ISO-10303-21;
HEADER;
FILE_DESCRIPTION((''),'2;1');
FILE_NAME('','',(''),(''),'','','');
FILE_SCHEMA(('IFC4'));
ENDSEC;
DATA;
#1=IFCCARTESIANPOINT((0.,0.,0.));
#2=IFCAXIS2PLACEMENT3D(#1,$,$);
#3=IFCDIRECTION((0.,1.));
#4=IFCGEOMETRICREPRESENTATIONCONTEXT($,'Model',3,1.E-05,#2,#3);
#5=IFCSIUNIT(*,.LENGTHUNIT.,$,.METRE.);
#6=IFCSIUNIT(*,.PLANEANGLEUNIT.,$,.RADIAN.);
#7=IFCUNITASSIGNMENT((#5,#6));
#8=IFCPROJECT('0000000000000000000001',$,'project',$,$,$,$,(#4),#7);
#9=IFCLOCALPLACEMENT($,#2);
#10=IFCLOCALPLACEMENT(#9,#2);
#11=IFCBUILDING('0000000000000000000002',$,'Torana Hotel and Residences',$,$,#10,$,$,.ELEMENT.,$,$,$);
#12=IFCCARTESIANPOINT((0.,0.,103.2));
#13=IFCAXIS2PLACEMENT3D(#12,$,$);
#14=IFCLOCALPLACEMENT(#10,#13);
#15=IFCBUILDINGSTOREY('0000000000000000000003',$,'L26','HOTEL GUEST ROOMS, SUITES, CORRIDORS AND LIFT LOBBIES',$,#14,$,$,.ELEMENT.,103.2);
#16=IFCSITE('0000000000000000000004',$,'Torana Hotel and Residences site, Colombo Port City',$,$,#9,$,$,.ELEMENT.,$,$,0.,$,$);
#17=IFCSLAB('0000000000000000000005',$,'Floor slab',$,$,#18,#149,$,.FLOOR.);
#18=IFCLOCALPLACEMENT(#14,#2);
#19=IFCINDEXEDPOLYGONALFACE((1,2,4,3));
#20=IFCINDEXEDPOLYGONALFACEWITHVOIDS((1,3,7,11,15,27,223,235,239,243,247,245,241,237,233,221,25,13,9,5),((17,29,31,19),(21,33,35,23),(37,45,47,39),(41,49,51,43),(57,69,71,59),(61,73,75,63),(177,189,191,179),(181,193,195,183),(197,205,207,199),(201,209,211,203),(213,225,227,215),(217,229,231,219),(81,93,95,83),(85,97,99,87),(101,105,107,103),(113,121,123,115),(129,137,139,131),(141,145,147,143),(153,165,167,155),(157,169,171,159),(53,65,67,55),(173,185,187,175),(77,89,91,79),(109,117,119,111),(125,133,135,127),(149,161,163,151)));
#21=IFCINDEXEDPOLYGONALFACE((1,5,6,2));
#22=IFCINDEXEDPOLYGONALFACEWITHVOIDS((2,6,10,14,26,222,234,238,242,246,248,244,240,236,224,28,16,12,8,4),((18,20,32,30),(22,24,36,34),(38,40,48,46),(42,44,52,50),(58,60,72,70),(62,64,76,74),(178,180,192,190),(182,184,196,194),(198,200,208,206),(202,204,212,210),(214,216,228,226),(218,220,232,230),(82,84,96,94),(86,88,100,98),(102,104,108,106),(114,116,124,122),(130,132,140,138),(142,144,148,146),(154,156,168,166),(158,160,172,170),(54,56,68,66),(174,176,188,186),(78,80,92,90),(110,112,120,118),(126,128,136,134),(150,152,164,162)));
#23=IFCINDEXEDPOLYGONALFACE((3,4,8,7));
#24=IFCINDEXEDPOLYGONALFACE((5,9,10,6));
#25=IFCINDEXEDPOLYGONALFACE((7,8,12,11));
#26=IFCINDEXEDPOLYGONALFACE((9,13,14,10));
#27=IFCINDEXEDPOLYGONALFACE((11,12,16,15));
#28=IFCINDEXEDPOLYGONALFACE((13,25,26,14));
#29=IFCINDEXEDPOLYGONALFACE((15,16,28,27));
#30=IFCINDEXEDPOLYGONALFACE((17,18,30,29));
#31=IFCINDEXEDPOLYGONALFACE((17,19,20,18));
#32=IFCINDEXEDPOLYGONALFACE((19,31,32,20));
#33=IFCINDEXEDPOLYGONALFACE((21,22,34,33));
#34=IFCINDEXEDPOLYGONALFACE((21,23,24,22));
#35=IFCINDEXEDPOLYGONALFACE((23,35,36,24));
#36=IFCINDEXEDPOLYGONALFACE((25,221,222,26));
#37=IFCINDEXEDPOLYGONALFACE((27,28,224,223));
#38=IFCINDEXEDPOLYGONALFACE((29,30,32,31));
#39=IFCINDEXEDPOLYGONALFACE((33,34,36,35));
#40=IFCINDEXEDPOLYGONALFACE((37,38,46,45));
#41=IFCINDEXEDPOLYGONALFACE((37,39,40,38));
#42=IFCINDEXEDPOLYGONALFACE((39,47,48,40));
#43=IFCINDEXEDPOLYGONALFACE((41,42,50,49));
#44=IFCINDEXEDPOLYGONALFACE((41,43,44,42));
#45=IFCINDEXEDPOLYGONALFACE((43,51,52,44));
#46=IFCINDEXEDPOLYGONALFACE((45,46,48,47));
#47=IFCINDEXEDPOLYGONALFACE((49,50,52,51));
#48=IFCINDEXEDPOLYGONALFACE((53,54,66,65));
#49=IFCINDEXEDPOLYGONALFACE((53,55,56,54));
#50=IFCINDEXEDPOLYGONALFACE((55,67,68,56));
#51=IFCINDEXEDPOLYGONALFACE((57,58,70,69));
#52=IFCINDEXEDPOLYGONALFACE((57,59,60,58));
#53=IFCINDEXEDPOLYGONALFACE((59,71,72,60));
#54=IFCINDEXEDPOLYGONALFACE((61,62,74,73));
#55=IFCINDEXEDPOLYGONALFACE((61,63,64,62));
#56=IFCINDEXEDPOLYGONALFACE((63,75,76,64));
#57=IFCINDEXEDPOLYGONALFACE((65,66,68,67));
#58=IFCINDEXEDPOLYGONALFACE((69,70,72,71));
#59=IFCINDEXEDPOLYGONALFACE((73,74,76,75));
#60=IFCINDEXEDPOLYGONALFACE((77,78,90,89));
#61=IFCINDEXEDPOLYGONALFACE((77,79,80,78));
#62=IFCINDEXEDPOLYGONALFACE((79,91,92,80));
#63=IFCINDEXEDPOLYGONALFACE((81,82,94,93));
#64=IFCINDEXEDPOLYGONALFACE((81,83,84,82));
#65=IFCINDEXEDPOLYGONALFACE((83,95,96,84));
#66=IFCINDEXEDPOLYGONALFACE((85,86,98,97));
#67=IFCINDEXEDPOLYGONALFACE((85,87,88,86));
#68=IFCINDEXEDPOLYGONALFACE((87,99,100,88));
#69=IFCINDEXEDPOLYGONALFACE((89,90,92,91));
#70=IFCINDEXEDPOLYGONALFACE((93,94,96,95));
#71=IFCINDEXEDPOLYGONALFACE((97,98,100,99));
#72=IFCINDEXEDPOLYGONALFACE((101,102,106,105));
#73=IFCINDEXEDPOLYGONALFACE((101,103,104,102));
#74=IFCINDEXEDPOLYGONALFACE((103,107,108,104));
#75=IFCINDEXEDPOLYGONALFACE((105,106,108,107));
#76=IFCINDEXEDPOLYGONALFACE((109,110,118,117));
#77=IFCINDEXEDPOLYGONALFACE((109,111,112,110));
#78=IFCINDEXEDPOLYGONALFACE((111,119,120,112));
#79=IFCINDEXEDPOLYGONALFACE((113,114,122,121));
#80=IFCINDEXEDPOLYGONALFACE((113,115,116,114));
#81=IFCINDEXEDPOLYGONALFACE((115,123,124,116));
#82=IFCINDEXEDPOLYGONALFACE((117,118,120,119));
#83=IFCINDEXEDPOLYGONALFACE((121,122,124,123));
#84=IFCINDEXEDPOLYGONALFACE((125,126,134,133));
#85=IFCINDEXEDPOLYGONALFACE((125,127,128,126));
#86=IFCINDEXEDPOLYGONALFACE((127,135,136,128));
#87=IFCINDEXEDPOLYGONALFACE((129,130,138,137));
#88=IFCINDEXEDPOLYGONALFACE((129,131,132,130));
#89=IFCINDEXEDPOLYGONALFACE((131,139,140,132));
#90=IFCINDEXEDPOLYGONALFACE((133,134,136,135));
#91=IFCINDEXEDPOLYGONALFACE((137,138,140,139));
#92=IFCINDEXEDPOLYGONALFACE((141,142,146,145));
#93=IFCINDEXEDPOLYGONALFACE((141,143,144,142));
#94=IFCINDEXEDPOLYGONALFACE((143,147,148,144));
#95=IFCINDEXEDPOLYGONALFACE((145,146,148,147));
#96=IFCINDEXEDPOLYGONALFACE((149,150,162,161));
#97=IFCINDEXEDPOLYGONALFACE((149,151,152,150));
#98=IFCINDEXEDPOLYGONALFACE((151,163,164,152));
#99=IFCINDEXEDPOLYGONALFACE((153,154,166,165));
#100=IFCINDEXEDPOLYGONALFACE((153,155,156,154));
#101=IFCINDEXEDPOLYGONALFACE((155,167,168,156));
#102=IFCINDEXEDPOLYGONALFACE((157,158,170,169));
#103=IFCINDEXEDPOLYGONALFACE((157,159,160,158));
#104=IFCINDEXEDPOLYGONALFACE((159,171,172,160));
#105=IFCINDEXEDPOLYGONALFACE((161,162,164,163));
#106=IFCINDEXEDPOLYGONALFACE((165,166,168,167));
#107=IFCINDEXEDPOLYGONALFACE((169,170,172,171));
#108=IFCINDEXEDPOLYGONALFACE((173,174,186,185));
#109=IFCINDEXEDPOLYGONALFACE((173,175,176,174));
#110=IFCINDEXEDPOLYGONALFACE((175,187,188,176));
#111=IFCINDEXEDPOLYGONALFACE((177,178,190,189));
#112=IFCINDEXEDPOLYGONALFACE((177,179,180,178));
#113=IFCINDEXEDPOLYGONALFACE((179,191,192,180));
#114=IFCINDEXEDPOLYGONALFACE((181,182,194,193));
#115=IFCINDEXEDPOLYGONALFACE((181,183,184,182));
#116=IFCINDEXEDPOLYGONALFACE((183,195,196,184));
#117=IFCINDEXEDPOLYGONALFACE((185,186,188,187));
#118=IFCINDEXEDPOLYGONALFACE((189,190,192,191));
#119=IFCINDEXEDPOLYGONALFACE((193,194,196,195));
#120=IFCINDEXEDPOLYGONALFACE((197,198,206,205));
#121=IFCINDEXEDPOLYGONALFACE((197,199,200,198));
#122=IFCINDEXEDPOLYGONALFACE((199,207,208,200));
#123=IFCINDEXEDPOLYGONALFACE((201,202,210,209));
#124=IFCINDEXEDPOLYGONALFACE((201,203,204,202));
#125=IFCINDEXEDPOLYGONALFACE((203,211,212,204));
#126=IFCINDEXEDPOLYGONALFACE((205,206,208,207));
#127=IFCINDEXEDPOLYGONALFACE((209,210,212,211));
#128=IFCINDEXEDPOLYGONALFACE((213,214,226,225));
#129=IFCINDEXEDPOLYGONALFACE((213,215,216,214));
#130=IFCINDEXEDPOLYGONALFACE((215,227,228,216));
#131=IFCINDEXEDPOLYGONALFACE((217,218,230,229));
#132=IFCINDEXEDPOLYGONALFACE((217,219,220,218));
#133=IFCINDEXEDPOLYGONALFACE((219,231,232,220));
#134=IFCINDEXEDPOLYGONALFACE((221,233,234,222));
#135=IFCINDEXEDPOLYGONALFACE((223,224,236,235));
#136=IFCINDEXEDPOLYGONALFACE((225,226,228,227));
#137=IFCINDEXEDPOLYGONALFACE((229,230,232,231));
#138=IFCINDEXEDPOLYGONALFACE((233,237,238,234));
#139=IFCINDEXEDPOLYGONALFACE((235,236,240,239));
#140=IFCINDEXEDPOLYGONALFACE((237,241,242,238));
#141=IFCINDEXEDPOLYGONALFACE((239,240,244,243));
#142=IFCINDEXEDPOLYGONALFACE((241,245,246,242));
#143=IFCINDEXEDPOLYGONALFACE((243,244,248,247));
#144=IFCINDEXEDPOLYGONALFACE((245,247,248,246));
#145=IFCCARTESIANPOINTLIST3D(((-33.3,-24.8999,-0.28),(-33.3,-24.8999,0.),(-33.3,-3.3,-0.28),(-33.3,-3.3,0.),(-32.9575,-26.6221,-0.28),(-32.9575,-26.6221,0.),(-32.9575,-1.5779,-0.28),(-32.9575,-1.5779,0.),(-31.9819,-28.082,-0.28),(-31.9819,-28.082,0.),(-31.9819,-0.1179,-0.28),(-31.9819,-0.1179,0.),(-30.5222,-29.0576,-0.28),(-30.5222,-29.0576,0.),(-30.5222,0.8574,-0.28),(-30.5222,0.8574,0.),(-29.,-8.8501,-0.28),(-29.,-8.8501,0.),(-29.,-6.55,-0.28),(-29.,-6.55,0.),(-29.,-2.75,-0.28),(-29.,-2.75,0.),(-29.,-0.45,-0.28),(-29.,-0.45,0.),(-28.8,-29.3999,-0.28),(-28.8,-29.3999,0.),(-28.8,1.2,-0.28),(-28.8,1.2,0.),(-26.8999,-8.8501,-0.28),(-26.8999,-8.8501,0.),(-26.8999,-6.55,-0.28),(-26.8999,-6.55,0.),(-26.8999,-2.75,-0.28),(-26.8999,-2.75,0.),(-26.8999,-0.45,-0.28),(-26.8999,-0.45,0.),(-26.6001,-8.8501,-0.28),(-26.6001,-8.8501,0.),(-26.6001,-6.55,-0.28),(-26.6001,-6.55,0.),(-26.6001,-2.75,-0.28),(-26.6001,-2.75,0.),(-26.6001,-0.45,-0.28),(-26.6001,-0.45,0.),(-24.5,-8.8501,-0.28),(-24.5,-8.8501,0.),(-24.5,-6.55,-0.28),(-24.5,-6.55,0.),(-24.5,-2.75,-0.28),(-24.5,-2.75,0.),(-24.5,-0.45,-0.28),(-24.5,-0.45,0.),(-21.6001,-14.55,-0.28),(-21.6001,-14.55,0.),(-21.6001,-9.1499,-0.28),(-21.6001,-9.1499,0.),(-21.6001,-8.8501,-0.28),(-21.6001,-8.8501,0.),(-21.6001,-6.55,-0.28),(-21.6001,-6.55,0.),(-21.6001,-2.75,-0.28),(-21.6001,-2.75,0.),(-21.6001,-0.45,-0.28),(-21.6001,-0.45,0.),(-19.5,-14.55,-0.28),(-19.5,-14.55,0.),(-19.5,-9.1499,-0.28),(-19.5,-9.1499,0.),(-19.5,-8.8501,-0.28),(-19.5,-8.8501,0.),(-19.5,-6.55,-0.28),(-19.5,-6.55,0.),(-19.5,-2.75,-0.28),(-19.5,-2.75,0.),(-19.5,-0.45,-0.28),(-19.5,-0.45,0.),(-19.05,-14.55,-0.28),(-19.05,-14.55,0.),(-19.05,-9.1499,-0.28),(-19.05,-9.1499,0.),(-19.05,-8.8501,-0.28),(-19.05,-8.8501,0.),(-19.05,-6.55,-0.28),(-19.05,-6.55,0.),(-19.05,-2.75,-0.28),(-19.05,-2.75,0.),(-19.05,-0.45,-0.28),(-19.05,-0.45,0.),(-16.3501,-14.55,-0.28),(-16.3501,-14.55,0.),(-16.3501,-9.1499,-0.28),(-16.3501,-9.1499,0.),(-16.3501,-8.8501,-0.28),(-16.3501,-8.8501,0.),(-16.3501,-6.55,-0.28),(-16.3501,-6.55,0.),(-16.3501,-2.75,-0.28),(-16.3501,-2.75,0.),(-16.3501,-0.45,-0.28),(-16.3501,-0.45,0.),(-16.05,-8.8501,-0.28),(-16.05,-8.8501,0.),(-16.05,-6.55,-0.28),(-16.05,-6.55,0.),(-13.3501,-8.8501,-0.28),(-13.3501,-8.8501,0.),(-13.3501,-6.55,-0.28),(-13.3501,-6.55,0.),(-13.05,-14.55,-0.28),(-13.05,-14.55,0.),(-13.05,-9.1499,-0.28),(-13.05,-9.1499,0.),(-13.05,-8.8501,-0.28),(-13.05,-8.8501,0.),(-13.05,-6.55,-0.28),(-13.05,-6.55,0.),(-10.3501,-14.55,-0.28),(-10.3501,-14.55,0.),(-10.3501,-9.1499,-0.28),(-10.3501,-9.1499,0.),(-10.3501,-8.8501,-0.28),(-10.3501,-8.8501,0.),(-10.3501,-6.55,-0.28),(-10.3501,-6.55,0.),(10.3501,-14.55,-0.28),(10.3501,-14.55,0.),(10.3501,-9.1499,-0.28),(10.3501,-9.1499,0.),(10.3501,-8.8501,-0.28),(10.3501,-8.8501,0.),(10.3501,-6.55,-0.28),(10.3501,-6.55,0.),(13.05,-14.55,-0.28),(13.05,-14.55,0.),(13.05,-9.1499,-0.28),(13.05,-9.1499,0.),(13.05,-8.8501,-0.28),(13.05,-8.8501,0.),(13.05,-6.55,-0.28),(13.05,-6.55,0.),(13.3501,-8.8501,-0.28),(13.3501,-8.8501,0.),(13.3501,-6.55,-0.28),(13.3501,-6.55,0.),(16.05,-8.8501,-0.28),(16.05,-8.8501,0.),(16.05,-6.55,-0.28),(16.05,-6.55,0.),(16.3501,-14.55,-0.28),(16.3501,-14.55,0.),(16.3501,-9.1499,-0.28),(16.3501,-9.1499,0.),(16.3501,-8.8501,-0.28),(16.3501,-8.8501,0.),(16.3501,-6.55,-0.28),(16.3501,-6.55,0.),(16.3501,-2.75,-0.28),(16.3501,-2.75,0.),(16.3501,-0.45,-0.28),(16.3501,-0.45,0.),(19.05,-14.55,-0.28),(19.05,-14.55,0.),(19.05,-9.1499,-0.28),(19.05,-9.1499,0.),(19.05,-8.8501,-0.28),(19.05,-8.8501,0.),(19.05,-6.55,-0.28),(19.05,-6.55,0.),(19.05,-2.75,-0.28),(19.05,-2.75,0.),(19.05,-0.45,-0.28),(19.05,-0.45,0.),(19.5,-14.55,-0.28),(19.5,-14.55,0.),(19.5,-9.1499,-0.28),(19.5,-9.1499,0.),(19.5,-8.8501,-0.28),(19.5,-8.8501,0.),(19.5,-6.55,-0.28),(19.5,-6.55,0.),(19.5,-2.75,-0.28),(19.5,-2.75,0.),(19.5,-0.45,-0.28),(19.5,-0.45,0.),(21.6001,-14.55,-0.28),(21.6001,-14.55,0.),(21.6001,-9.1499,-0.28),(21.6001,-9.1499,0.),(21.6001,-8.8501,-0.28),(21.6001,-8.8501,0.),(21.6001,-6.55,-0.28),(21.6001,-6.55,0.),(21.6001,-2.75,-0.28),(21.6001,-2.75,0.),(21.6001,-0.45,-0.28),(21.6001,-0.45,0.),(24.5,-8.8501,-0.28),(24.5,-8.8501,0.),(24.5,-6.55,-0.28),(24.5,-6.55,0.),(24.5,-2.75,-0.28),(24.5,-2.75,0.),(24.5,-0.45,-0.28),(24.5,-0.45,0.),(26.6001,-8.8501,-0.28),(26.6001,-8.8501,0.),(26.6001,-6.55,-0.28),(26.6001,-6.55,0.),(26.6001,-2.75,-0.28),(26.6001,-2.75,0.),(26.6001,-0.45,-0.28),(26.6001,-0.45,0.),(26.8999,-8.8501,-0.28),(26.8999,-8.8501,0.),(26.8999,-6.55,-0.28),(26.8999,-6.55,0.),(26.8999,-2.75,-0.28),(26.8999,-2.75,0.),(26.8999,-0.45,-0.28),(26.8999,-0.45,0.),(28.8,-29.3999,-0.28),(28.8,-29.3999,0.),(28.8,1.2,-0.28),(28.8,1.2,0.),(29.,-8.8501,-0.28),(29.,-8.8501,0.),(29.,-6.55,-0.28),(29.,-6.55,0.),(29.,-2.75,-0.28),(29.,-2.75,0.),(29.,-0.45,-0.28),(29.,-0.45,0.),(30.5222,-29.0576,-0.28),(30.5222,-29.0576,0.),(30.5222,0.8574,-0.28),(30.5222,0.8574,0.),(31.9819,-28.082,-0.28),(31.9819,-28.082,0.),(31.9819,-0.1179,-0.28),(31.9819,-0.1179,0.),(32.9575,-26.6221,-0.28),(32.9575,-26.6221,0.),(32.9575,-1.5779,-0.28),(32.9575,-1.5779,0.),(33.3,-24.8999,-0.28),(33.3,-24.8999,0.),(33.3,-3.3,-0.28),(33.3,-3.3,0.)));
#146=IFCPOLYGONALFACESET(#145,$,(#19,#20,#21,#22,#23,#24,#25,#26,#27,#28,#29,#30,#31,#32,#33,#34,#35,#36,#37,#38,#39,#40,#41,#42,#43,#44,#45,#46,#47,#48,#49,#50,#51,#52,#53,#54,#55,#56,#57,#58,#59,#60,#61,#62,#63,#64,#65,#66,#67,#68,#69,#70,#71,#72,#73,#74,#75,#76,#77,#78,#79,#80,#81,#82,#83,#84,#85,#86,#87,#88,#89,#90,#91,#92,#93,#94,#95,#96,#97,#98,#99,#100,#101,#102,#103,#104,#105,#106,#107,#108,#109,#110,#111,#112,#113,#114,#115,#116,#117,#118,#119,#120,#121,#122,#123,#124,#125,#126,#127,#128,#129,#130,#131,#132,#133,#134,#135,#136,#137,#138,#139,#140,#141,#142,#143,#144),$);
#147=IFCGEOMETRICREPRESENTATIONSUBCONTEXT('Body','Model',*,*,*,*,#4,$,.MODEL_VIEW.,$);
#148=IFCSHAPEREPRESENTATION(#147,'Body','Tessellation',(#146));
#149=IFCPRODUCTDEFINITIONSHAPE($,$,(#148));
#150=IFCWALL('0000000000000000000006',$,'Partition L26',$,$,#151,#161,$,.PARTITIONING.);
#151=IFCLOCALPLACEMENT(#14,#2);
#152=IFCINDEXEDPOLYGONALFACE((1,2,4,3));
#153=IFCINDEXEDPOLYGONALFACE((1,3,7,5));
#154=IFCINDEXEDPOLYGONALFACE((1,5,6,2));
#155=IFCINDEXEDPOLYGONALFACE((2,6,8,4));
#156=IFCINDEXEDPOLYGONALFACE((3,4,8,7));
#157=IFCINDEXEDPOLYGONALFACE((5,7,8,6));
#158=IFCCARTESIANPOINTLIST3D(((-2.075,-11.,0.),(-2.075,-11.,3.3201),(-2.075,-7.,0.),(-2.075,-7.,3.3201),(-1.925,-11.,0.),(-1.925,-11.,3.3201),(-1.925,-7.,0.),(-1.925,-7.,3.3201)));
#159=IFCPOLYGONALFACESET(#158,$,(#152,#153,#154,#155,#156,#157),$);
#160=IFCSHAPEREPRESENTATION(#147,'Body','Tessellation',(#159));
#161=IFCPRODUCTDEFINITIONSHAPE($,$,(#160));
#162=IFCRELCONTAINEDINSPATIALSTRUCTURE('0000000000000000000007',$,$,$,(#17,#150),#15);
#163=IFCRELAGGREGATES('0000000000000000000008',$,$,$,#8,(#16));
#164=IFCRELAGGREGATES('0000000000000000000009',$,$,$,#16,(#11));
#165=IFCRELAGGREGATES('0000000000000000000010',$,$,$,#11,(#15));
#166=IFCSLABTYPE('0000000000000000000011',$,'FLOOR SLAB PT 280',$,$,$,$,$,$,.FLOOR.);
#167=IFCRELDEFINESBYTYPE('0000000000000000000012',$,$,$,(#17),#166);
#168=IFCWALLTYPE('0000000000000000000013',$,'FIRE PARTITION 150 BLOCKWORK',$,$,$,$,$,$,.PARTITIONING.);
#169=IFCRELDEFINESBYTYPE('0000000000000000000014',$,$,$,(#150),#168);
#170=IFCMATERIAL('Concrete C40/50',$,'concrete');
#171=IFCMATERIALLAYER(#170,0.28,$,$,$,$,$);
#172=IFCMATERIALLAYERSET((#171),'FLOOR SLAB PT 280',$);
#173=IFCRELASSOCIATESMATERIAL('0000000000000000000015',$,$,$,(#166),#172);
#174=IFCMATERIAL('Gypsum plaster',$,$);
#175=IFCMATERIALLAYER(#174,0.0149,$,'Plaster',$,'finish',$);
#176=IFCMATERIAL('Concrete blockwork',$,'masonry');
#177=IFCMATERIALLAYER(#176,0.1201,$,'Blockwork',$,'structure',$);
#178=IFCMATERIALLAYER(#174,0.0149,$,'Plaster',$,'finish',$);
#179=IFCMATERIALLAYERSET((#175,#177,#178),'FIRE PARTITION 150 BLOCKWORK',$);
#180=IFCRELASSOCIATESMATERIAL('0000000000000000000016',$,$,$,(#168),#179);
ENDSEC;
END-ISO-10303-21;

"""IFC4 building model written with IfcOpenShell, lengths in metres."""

from ifc_helpers import new_model, si_unit, direction, frame, frame_2d, origin, place, context, subcontext, project, spatial, polyline, rectangle, outline, extrude, material, layer, layer_set, type_object, element, save


model = new_model("IFC4")

# Units and contexts
model_context = context("Model", 3, precision=1e-05, world=origin(), true_north=direction((0.0, 1.0)))
body_context = subcontext(model_context, "Body", "Model", "MODEL_VIEW")
ifc_project = project(units=[si_unit("LENGTHUNIT", "METRE"), si_unit("PLANEANGLEUNIT", "RADIAN")], contexts=[model_context])

# Site, building, storey
site_placement = place(None, origin())
site = spatial("IfcSite", under=ifc_project, at=site_placement, Name="Torana Hotel and Residences site, Colombo Port City", CompositionType="ELEMENT", RefElevation=0.0)
building_placement = place(site_placement, origin())
building = spatial("IfcBuilding", under=site, at=building_placement, Name="Torana Hotel and Residences", CompositionType="ELEMENT")
storey_placement = place(building_placement, frame((0.0, 0.0, 103.2)))
storey = spatial("IfcBuildingStorey", under=building, at=storey_placement, Name="L26", Description="HOTEL GUEST ROOMS, SUITES, CORRIDORS AND LIFT LOBBIES", CompositionType="ELEMENT", Elevation=103.2)

# Slab
ifc_material_1 = material(Name="Concrete C40/50", Category="concrete")
ifc_layer_1 = layer(ifc_material_1, 0.28)
ifc_layer_set_1 = layer_set([ifc_layer_1], Name="FLOOR SLAB PT 280")
slab_type_1 = type_object("IfcSlabType", Name="FLOOR SLAB PT 280", PredefinedType="FLOOR", material=ifc_layer_set_1)
slab_1_placement = place(storey_placement, frame((0.0, 0.0, -0.28)))
element("IfcSlab", 1, at=slab_1_placement, inside=storey, type_object=slab_type_1, Name="Floor slab", PredefinedType="FLOOR", context=body_context, shape_type="SweptSolid", body=[
    extrude(outline(polyline([(33.3, -3.3), (32.9575, -1.5779), (31.9819, -0.1179), (30.5222, 0.8574), (28.8, 1.2), (-28.8, 1.2), (-30.5222, 0.8574), (-31.9819, -0.1179), (-32.9575, -1.5779), (-33.3, -3.3), (-33.3, -24.8999), (-32.9575, -26.6221), (-31.9819, -28.082), (-30.5222, -29.0576), (-28.8, -29.3999), (28.8, -29.3999), (30.5222, -29.0576), (31.9819, -28.082), (32.9575, -26.6221), (33.3, -24.8999), (33.3, -3.3)]), holes=[polyline([(-13.05, -14.55), (-10.3501, -14.55), (-10.3501, -9.1499), (-13.05, -9.1499), (-13.05, -14.55)]), polyline([(-19.05, -14.55), (-16.3501, -14.55), (-16.3501, -9.1499), (-19.05, -9.1499), (-19.05, -14.55)]), polyline([(-19.05, -2.75), (-16.3501, -2.75), (-16.3501, -0.45), (-19.05, -0.45), (-19.05, -2.75)]), polyline([(-26.6001, -2.75), (-24.5, -2.75), (-24.5, -0.45), (-26.6001, -0.45), (-26.6001, -2.75)]), polyline([(-29.0, -2.75), (-26.8999, -2.75), (-26.8999, -0.45), (-29.0, -0.45), (-29.0, -2.75)]), polyline([(-26.6001, -8.8501), (-24.5, -8.8501), (-24.5, -6.55), (-26.6001, -6.55), (-26.6001, -8.8501)]), polyline([(-29.0, -8.8501), (-26.8999, -8.8501), (-26.8999, -6.55), (-29.0, -6.55), (-29.0, -8.8501)]), polyline([(-21.6001, -2.75), (-19.5, -2.75), (-19.5, -0.45), (-21.6001, -0.45), (-21.6001, -2.75)]), polyline([(-21.6001, -8.8501), (-19.5, -8.8501), (-19.5, -6.55), (-21.6001, -6.55), (-21.6001, -8.8501)]), polyline([(-13.05, -8.8501), (-10.3501, -8.8501), (-10.3501, -6.55), (-13.05, -6.55), (-13.05, -8.8501)]), polyline([(-16.05, -8.8501), (-13.3501, -8.8501), (-13.3501, -6.55), (-16.05, -6.55), (-16.05, -8.8501)]), polyline([(-19.05, -8.8501), (-16.3501, -8.8501), (-16.3501, -6.55), (-19.05, -6.55), (-19.05, -8.8501)]), polyline([(-21.6001, -14.55), (-19.5, -14.55), (-19.5, -9.1499), (-21.6001, -9.1499), (-21.6001, -14.55)]), polyline([(10.3501, -14.55), (13.05, -14.55), (13.05, -9.1499), (10.3501, -9.1499), (10.3501, -14.55)]), polyline([(16.3501, -14.55), (19.05, -14.55), (19.05, -9.1499), (16.3501, -9.1499), (16.3501, -14.55)]), polyline([(16.3501, -2.75), (19.05, -2.75), (19.05, -0.45), (16.3501, -0.45), (16.3501, -2.75)]), polyline([(24.5, -2.75), (26.6001, -2.75), (26.6001, -0.45), (24.5, -0.45), (24.5, -2.75)]), polyline([(26.8999, -2.75), (29.0, -2.75), (29.0, -0.45), (26.8999, -0.45), (26.8999, -2.75)]), polyline([(24.5, -8.8501), (26.6001, -8.8501), (26.6001, -6.55), (24.5, -6.55), (24.5, -8.8501)]), polyline([(26.8999, -8.8501), (29.0, -8.8501), (29.0, -6.55), (26.8999, -6.55), (26.8999, -8.8501)]), polyline([(19.5, -2.75), (21.6001, -2.75), (21.6001, -0.45), (19.5, -0.45), (19.5, -2.75)]), polyline([(19.5, -8.8501), (21.6001, -8.8501), (21.6001, -6.55), (19.5, -6.55), (19.5, -8.8501)]), polyline([(10.3501, -8.8501), (13.05, -8.8501), (13.05, -6.55), (10.3501, -6.55), (10.3501, -8.8501)]), polyline([(13.3501, -8.8501), (16.05, -8.8501), (16.05, -6.55), (13.3501, -6.55), (13.3501, -8.8501)]), polyline([(16.3501, -8.8501), (19.05, -8.8501), (19.05, -6.55), (16.3501, -6.55), (16.3501, -8.8501)]), polyline([(19.5, -14.55), (21.6001, -14.55), (21.6001, -9.1499), (19.5, -9.1499), (19.5, -14.55)])]), origin(), (0.0, 0.0, 1.0), 0.28),
])

# Wall
ifc_material_2 = material(Name="Gypsum plaster")
ifc_layer_2 = layer(ifc_material_2, 0.0149, Name="Plaster", Category="finish")
ifc_material_3 = material(Name="Concrete blockwork", Category="masonry")
ifc_layer_3 = layer(ifc_material_3, 0.1201, Name="Blockwork", Category="structure")
ifc_layer_4 = layer(ifc_material_2, 0.0149, Name="Plaster", Category="finish")
ifc_layer_set_2 = layer_set([ifc_layer_2, ifc_layer_3, ifc_layer_4], Name="FIRE PARTITION 150 BLOCKWORK")
wall_type_1 = type_object("IfcWallType", Name="FIRE PARTITION 150 BLOCKWORK", PredefinedType="PARTITIONING", material=ifc_layer_set_2)
wall_1_placement = place(storey_placement, frame((-2.0, -11.0, 0.0), z_axis=(0.0, 0.0, 1.0), x_axis=(0.0, 1.0, 0.0)))
element("IfcWall", 2, at=wall_1_placement, inside=storey, type_object=wall_type_1, Name="Partition L26", PredefinedType="PARTITIONING", context=body_context, shape_type="SweptSolid", body=[
    extrude(rectangle(XDim=4.0, YDim=0.1499, at=frame_2d((2.0, 0.0))), origin(), (0.0, 0.0, 1.0), 3.3201),
])

save(model, "model.ifc")
